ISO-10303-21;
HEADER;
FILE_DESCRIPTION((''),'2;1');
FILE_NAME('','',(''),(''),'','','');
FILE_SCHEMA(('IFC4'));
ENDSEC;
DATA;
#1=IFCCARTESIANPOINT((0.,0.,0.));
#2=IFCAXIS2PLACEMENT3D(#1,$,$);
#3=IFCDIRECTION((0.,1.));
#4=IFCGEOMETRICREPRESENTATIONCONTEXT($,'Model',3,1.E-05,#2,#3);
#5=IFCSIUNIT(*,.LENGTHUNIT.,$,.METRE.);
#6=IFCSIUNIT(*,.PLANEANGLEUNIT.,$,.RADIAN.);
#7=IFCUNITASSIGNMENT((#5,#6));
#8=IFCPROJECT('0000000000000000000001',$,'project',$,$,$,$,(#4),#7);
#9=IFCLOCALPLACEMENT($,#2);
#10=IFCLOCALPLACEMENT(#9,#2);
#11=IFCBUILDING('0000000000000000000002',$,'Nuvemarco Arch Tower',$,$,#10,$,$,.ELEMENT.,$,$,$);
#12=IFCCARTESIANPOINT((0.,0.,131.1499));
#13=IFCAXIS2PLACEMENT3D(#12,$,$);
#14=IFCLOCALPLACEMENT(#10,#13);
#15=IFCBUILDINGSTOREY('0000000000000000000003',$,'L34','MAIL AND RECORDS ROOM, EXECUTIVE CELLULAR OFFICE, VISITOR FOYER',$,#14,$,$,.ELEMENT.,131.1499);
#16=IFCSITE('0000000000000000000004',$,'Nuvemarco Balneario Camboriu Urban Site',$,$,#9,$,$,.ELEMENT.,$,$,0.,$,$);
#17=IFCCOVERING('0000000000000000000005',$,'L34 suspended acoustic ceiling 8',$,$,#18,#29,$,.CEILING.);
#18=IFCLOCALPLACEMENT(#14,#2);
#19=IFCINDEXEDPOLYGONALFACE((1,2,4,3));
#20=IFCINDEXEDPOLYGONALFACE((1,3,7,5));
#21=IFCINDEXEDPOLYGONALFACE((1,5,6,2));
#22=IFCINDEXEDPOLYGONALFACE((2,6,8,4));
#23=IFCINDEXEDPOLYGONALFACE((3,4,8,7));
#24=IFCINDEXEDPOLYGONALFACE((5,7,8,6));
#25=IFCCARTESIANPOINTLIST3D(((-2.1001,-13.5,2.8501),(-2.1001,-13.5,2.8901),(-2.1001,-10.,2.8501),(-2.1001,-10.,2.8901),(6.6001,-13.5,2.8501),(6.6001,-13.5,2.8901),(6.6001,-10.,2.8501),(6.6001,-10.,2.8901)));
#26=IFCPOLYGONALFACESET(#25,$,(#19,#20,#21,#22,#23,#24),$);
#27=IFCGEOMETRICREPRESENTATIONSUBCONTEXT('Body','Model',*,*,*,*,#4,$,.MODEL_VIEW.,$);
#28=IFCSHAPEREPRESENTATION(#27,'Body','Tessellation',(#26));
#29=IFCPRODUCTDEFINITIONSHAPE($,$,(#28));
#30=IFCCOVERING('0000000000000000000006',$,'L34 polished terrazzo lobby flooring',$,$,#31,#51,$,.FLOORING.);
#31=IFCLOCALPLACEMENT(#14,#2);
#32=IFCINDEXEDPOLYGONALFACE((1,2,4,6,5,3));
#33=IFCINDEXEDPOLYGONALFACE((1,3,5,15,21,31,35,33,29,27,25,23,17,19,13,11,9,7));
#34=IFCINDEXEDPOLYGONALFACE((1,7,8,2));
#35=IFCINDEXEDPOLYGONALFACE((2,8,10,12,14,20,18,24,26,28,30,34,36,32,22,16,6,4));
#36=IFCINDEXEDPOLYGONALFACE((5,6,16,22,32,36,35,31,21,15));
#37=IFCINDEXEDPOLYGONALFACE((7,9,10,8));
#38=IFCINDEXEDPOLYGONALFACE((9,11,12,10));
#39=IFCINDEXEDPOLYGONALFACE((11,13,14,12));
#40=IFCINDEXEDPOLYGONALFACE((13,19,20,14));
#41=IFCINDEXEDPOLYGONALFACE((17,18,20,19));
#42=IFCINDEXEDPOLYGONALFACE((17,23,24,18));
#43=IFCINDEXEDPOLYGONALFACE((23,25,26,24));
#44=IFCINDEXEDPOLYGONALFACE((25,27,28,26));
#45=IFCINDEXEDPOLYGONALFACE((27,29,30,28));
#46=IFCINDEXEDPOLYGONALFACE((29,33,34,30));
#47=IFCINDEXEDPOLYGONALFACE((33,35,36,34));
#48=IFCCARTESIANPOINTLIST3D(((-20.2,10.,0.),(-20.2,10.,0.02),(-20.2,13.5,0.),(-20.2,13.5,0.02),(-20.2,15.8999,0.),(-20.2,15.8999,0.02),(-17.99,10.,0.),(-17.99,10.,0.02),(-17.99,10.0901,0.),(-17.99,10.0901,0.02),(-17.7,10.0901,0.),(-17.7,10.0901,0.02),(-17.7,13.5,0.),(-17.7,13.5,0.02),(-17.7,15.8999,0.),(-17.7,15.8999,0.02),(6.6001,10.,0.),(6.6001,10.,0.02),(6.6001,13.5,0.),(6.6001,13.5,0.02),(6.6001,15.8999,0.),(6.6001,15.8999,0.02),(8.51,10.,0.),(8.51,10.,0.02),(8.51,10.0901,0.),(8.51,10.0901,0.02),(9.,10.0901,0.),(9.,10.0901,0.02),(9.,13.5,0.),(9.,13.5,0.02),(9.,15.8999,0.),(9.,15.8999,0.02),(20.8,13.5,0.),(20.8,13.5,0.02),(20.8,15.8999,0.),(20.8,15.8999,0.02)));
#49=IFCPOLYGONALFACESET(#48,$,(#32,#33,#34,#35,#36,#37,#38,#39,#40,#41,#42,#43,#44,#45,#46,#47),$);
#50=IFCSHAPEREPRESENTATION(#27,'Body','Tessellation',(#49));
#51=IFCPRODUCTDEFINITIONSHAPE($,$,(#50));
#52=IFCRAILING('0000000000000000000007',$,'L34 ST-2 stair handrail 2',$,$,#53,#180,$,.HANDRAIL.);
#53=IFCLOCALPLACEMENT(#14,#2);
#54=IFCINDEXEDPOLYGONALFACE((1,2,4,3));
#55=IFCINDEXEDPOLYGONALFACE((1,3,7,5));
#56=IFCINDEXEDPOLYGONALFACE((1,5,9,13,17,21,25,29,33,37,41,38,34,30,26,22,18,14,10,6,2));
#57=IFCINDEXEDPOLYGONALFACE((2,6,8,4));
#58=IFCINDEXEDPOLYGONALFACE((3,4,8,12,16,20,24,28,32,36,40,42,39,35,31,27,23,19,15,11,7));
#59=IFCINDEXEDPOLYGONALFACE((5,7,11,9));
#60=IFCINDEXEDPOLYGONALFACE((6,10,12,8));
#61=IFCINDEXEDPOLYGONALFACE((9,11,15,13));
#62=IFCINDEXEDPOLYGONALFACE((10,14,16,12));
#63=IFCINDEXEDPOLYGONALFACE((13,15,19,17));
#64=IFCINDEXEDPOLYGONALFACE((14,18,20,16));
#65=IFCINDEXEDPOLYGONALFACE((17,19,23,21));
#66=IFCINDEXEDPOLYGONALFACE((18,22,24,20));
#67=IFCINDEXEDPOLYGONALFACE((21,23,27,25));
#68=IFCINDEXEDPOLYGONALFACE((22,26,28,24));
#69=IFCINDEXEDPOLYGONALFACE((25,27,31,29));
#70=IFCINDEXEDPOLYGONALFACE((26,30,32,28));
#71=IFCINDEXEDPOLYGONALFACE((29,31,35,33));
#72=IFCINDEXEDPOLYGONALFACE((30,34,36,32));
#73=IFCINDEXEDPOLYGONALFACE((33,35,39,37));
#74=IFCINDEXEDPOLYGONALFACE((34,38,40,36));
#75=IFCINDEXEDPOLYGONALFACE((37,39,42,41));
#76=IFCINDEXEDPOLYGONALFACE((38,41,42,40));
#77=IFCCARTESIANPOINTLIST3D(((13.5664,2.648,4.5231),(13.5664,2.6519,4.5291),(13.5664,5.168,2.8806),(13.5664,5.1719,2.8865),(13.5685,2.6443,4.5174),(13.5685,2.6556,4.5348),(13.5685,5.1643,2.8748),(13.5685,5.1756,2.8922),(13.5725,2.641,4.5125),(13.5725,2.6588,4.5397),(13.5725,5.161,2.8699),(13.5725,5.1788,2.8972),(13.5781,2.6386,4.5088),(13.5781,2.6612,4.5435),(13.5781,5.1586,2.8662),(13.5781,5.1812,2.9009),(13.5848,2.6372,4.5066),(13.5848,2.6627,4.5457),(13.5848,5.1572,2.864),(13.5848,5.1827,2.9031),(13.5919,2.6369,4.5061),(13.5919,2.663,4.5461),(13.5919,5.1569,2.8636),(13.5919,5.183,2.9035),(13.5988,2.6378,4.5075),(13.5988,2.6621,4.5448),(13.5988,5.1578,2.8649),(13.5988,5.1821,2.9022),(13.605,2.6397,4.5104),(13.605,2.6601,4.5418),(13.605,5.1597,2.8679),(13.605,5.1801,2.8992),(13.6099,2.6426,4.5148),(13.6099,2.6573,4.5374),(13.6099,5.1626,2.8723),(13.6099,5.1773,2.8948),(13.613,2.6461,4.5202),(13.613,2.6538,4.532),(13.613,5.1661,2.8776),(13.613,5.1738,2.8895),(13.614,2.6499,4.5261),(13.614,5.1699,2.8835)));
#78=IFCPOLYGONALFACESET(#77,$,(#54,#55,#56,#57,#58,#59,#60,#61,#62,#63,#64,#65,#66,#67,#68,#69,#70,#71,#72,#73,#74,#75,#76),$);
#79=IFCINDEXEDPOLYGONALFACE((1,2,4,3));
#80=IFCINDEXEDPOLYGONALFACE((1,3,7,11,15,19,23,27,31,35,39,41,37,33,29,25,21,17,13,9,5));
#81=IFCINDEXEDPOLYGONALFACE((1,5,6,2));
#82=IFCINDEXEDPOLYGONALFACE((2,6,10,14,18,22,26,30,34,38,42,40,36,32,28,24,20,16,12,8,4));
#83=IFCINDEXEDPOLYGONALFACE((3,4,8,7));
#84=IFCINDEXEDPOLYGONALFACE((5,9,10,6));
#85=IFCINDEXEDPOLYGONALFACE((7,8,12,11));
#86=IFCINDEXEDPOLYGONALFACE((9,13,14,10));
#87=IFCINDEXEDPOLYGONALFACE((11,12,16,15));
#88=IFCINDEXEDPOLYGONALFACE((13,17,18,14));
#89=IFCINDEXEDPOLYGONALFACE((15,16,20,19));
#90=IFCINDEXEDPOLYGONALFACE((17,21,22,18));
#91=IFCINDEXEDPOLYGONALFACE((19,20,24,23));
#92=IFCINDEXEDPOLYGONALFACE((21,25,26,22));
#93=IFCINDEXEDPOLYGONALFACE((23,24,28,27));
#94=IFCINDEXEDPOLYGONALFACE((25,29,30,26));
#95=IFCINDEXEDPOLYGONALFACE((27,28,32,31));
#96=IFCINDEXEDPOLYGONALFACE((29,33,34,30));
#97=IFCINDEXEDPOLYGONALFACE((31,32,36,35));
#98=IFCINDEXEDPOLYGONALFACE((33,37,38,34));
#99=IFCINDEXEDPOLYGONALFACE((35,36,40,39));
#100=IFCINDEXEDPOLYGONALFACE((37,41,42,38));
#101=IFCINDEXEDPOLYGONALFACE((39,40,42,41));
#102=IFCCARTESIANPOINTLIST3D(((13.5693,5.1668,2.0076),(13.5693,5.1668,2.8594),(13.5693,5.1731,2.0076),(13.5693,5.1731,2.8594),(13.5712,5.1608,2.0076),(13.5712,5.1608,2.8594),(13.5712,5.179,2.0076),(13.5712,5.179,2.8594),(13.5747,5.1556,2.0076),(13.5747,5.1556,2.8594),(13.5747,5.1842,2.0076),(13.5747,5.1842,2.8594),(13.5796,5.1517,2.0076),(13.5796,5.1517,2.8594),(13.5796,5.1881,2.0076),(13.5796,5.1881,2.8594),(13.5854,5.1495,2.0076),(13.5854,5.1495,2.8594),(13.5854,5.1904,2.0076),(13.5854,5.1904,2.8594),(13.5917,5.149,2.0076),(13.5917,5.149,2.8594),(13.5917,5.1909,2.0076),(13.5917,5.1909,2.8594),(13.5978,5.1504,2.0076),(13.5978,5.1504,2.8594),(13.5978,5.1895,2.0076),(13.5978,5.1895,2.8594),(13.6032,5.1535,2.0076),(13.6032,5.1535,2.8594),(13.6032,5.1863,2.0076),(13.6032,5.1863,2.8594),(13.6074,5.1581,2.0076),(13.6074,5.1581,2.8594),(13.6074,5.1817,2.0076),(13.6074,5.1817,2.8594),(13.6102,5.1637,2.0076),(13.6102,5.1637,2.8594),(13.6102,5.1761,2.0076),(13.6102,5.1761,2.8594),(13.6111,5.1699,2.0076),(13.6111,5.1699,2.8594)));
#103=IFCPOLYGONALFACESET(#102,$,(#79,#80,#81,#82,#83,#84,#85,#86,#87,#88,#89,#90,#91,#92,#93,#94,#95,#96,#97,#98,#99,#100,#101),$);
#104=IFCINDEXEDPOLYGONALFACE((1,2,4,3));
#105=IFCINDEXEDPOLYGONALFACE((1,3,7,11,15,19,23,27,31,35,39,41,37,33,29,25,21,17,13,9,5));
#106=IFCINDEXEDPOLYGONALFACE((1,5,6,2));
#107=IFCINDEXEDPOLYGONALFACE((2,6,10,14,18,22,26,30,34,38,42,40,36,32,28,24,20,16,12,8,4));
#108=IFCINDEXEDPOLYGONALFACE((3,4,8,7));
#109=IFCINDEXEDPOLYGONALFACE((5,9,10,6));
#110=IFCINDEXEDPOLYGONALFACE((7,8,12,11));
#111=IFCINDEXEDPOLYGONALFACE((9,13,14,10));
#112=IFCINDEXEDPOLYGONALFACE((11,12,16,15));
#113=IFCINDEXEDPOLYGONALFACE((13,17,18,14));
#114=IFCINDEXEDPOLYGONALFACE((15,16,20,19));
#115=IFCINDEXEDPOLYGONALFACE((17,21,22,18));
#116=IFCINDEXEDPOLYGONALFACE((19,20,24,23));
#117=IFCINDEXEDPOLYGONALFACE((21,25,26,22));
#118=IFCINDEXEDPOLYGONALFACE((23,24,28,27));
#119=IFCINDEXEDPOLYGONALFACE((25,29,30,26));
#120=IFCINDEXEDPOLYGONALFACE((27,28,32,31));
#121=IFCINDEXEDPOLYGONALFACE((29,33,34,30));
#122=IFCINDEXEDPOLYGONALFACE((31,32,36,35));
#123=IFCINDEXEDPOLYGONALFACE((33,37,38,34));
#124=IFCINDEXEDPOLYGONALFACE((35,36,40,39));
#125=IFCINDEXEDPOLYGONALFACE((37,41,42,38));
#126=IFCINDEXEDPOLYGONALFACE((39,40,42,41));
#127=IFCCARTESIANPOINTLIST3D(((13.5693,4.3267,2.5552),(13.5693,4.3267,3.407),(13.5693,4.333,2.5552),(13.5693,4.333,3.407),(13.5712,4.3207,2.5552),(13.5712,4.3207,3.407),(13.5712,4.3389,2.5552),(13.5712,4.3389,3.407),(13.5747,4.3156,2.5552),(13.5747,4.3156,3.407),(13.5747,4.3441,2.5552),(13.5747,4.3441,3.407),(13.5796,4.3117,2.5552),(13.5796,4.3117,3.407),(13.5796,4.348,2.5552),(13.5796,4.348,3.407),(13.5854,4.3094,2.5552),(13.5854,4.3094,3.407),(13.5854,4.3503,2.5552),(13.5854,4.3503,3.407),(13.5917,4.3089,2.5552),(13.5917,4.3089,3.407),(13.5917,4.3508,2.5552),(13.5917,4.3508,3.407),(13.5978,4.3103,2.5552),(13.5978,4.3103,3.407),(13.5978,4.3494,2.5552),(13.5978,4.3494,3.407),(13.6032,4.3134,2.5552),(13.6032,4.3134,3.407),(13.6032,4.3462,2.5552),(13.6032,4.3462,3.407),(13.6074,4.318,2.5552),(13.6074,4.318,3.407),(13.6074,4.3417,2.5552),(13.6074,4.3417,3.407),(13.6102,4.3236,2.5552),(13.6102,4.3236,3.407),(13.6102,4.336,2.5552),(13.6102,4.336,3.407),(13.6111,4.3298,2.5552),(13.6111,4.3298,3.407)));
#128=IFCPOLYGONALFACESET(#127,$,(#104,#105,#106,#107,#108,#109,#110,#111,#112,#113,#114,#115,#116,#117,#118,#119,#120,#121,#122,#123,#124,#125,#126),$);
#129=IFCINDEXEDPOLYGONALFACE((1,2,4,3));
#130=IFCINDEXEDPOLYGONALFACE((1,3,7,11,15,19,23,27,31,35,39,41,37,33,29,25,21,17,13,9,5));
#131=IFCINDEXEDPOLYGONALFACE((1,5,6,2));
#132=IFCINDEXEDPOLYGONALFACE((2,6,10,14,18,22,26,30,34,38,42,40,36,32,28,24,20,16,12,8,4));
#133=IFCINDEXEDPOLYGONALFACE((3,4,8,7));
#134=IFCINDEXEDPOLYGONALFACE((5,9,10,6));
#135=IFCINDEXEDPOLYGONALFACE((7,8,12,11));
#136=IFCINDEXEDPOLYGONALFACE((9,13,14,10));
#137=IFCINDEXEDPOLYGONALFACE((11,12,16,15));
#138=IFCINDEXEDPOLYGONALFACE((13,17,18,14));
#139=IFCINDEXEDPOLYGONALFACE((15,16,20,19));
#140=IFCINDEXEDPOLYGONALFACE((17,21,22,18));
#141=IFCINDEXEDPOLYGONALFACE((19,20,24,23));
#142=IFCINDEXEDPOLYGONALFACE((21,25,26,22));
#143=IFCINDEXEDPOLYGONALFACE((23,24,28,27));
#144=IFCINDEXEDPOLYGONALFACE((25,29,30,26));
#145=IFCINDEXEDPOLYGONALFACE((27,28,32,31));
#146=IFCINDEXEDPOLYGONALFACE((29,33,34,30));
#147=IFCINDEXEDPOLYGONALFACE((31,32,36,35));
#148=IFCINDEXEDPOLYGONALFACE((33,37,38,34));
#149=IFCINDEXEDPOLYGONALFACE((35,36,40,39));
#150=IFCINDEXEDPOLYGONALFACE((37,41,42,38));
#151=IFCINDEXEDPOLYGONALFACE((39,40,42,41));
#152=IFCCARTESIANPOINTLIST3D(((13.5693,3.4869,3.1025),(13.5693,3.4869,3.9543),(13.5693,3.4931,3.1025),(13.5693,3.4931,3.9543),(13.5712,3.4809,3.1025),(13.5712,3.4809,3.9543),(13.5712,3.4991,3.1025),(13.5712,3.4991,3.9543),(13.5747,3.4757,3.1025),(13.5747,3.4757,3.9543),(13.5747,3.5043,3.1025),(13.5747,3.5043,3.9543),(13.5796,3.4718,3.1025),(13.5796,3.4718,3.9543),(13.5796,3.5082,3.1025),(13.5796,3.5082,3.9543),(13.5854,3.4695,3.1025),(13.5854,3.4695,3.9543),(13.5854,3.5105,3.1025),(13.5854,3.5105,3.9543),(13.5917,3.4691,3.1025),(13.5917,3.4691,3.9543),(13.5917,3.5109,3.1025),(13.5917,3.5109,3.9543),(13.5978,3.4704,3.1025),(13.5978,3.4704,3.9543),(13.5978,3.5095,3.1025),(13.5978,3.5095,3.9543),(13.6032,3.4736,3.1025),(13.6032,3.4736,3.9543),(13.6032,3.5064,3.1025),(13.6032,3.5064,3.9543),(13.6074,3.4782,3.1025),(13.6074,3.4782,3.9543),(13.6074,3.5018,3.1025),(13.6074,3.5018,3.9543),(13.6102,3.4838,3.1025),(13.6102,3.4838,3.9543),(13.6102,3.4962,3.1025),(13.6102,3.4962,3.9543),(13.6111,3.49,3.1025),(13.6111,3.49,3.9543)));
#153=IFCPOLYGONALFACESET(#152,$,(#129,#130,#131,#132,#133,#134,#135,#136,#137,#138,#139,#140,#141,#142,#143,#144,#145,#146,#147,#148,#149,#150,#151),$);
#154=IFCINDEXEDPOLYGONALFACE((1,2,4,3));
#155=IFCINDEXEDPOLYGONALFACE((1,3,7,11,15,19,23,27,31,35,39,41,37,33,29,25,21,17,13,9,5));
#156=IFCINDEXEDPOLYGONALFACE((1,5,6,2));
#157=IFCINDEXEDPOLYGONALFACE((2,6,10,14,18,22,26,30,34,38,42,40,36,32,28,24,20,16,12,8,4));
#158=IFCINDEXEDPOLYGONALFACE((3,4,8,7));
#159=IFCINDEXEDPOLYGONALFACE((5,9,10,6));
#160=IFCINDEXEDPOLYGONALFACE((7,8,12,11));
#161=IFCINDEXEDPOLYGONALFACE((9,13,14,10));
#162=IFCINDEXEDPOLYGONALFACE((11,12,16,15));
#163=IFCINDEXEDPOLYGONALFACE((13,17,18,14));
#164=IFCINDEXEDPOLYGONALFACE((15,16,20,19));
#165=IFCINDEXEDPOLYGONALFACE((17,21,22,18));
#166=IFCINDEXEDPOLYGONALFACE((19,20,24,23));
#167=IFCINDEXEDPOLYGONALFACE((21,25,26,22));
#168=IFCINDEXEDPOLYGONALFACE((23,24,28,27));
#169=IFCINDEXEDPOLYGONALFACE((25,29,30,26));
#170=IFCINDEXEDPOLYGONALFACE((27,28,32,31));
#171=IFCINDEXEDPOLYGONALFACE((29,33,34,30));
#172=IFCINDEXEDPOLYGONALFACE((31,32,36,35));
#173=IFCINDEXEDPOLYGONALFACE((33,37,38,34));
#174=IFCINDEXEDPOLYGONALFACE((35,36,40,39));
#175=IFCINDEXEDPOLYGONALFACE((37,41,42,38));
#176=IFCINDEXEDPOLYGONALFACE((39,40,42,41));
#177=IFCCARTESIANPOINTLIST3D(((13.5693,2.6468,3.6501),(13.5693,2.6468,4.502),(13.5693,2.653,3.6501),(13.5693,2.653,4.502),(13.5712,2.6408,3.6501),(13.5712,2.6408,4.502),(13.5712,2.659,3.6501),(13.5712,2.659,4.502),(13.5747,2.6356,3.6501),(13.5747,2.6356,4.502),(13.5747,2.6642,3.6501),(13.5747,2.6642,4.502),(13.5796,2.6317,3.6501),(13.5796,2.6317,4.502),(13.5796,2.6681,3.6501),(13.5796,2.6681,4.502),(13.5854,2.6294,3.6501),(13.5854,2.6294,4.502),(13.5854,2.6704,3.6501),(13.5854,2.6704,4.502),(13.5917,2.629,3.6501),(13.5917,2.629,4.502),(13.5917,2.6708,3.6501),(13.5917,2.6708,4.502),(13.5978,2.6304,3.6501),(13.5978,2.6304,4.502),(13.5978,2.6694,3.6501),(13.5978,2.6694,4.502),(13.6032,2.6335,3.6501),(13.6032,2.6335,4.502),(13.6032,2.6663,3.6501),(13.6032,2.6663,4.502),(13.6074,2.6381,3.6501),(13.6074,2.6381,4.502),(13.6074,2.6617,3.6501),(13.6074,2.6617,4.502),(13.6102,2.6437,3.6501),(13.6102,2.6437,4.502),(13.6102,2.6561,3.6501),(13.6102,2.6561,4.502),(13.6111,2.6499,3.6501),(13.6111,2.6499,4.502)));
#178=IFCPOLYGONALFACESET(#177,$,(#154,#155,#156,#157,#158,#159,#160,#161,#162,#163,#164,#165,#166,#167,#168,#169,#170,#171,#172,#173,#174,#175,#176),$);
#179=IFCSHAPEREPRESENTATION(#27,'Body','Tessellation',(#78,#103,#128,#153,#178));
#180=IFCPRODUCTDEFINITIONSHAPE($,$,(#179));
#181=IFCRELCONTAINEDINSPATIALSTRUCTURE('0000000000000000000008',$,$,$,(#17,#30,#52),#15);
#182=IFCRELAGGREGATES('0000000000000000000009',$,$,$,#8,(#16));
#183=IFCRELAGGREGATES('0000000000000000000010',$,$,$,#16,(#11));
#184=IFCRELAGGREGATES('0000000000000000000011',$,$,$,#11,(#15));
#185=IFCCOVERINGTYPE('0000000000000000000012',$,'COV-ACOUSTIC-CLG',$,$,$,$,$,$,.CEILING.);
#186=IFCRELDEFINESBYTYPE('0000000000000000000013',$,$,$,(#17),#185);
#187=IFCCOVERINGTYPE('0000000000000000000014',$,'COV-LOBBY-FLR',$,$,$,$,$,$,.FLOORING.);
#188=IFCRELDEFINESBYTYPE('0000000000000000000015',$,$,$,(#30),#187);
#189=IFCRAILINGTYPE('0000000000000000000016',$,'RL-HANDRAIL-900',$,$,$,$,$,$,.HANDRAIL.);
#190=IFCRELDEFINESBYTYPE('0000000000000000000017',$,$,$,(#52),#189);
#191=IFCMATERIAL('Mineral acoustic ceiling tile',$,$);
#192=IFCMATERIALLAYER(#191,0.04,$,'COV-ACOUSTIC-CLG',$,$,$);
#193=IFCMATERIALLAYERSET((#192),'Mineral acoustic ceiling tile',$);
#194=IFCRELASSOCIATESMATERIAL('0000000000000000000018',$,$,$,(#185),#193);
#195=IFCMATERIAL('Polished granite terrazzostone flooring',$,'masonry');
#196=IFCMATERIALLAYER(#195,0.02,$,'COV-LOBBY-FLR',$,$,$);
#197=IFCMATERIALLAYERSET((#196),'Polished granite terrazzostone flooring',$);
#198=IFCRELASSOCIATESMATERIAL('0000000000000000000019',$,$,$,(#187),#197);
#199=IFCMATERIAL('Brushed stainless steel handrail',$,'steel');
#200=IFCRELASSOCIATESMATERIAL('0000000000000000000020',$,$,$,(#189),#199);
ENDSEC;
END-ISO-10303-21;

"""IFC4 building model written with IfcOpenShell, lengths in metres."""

from ifc_helpers import new_model, si_unit, direction, frame, origin, origin_2d, place, context, subcontext, project, spatial, polyline, circle, outline, extrude, material, layer, layer_set, type_object, element, save


model = new_model("IFC4")

# Units and contexts
model_context = context("Model", 3, precision=1e-05, world=origin(), true_north=direction((0.0, 1.0)))
body_context = subcontext(model_context, "Body", "Model", "MODEL_VIEW")
ifc_project = project(units=[si_unit("LENGTHUNIT", "METRE"), si_unit("PLANEANGLEUNIT", "RADIAN")], contexts=[model_context])

# Site, building, storey
site_placement = place(None, origin())
site = spatial("IfcSite", under=ifc_project, at=site_placement, Name="Nuvemarco Balneario Camboriu Urban Site", CompositionType="ELEMENT", RefElevation=0.0)
building_placement = place(site_placement, origin())
building = spatial("IfcBuilding", under=site, at=building_placement, Name="Nuvemarco Arch Tower", CompositionType="ELEMENT")
storey_placement = place(building_placement, frame((0.0, 0.0, 131.1499)))
storey = spatial("IfcBuildingStorey", under=building, at=storey_placement, Name="L34", Description="MAIL AND RECORDS ROOM, EXECUTIVE CELLULAR OFFICE, VISITOR FOYER", CompositionType="ELEMENT", Elevation=131.1499)

# Coverings
ifc_material_1 = material(Name="Mineral acoustic ceiling tile")
ifc_layer_1 = layer(ifc_material_1, 0.04, Name="COV-ACOUSTIC-CLG")
ifc_layer_set_1 = layer_set([ifc_layer_1], Name="Mineral acoustic ceiling tile")
covering_type_1 = type_object("IfcCoveringType", Name="COV-ACOUSTIC-CLG", PredefinedType="CEILING", material=ifc_layer_set_1)
covering_1_placement = place(storey_placement, frame((0.0, 0.0, 2.8501)))
element("IfcCovering", 1, at=covering_1_placement, inside=storey, type_object=covering_type_1, Name="L34 suspended acoustic ceiling 8", PredefinedType="CEILING", context=body_context, shape_type="SweptSolid", body=[
    extrude(outline(polyline([(6.6001, -13.5), (-2.1001, -13.5), (-2.1001, -10.0), (6.6001, -10.0), (6.6001, -13.5)])), origin(), (0.0, 0.0, 1.0), 0.04),
])
ifc_material_2 = material(Name="Polished granite terrazzostone flooring", Category="masonry")
ifc_layer_2 = layer(ifc_material_2, 0.02, Name="COV-LOBBY-FLR")
ifc_layer_set_2 = layer_set([ifc_layer_2], Name="Polished granite terrazzostone flooring")
covering_type_2 = type_object("IfcCoveringType", Name="COV-LOBBY-FLR", PredefinedType="FLOORING", material=ifc_layer_set_2)
covering_2_placement = place(storey_placement, origin())
element("IfcCovering", 2, at=covering_2_placement, inside=storey, type_object=covering_type_2, Name="L34 polished terrazzo lobby flooring", PredefinedType="FLOORING", context=body_context, shape_type="SweptSolid", body=[
    extrude(outline(polyline([(-20.2, 13.5), (-20.2, 15.8999), (-17.7, 15.8999), (6.6001, 15.8999), (9.0, 15.8999), (20.8, 15.8999), (20.8, 13.5), (9.0, 13.5), (9.0, 10.0901), (8.51, 10.0901), (8.51, 10.0), (6.6001, 10.0), (6.6001, 13.5), (-17.7, 13.5), (-17.7, 10.0901), (-17.99, 10.0901), (-17.99, 10.0), (-20.2, 10.0), (-20.2, 13.5)])), origin(), (0.0, 0.0, 1.0), 0.02),
])

# Railing
ifc_material_3 = material(Name="Brushed stainless steel handrail", Category="steel")
railing_type = type_object("IfcRailingType", Name="RL-HANDRAIL-900", PredefinedType="HANDRAIL", material=ifc_material_3)
railing_placement = place(storey_placement, frame((13.5901, 5.1699, 2.0076)))
element("IfcRailing", 3, at=railing_placement, inside=storey, type_object=railing_type, Name="L34 ST-2 stair handrail 2", PredefinedType="HANDRAIL", context=body_context, shape_type="SweptSolid", body=[
    extrude(circle(Radius=0.0239, at=origin_2d()), frame((0.0, 0.0, 0.876), z_axis=(0.0, -0.837749, 0.546055), x_axis=(1.0, 0.0, 0.0)), (0.0, 0.0, 1.0), 3.0081),
    extrude(circle(Radius=0.021, at=origin_2d()), origin(), (0.0, 0.0, 1.0), 0.8518),
    extrude(circle(Radius=0.021, at=origin_2d()), frame((0.0, -0.8401, 0.5476)), (0.0, 0.0, 1.0), 0.8518),
    extrude(circle(Radius=0.021, at=origin_2d()), frame((0.0, -1.6799, 1.095)), (0.0, 0.0, 1.0), 0.8518),
    extrude(circle(Radius=0.021, at=origin_2d()), frame((0.0, -2.52, 1.6426)), (0.0, 0.0, 1.0), 0.8518),
])

save(model, "model.ifc")
